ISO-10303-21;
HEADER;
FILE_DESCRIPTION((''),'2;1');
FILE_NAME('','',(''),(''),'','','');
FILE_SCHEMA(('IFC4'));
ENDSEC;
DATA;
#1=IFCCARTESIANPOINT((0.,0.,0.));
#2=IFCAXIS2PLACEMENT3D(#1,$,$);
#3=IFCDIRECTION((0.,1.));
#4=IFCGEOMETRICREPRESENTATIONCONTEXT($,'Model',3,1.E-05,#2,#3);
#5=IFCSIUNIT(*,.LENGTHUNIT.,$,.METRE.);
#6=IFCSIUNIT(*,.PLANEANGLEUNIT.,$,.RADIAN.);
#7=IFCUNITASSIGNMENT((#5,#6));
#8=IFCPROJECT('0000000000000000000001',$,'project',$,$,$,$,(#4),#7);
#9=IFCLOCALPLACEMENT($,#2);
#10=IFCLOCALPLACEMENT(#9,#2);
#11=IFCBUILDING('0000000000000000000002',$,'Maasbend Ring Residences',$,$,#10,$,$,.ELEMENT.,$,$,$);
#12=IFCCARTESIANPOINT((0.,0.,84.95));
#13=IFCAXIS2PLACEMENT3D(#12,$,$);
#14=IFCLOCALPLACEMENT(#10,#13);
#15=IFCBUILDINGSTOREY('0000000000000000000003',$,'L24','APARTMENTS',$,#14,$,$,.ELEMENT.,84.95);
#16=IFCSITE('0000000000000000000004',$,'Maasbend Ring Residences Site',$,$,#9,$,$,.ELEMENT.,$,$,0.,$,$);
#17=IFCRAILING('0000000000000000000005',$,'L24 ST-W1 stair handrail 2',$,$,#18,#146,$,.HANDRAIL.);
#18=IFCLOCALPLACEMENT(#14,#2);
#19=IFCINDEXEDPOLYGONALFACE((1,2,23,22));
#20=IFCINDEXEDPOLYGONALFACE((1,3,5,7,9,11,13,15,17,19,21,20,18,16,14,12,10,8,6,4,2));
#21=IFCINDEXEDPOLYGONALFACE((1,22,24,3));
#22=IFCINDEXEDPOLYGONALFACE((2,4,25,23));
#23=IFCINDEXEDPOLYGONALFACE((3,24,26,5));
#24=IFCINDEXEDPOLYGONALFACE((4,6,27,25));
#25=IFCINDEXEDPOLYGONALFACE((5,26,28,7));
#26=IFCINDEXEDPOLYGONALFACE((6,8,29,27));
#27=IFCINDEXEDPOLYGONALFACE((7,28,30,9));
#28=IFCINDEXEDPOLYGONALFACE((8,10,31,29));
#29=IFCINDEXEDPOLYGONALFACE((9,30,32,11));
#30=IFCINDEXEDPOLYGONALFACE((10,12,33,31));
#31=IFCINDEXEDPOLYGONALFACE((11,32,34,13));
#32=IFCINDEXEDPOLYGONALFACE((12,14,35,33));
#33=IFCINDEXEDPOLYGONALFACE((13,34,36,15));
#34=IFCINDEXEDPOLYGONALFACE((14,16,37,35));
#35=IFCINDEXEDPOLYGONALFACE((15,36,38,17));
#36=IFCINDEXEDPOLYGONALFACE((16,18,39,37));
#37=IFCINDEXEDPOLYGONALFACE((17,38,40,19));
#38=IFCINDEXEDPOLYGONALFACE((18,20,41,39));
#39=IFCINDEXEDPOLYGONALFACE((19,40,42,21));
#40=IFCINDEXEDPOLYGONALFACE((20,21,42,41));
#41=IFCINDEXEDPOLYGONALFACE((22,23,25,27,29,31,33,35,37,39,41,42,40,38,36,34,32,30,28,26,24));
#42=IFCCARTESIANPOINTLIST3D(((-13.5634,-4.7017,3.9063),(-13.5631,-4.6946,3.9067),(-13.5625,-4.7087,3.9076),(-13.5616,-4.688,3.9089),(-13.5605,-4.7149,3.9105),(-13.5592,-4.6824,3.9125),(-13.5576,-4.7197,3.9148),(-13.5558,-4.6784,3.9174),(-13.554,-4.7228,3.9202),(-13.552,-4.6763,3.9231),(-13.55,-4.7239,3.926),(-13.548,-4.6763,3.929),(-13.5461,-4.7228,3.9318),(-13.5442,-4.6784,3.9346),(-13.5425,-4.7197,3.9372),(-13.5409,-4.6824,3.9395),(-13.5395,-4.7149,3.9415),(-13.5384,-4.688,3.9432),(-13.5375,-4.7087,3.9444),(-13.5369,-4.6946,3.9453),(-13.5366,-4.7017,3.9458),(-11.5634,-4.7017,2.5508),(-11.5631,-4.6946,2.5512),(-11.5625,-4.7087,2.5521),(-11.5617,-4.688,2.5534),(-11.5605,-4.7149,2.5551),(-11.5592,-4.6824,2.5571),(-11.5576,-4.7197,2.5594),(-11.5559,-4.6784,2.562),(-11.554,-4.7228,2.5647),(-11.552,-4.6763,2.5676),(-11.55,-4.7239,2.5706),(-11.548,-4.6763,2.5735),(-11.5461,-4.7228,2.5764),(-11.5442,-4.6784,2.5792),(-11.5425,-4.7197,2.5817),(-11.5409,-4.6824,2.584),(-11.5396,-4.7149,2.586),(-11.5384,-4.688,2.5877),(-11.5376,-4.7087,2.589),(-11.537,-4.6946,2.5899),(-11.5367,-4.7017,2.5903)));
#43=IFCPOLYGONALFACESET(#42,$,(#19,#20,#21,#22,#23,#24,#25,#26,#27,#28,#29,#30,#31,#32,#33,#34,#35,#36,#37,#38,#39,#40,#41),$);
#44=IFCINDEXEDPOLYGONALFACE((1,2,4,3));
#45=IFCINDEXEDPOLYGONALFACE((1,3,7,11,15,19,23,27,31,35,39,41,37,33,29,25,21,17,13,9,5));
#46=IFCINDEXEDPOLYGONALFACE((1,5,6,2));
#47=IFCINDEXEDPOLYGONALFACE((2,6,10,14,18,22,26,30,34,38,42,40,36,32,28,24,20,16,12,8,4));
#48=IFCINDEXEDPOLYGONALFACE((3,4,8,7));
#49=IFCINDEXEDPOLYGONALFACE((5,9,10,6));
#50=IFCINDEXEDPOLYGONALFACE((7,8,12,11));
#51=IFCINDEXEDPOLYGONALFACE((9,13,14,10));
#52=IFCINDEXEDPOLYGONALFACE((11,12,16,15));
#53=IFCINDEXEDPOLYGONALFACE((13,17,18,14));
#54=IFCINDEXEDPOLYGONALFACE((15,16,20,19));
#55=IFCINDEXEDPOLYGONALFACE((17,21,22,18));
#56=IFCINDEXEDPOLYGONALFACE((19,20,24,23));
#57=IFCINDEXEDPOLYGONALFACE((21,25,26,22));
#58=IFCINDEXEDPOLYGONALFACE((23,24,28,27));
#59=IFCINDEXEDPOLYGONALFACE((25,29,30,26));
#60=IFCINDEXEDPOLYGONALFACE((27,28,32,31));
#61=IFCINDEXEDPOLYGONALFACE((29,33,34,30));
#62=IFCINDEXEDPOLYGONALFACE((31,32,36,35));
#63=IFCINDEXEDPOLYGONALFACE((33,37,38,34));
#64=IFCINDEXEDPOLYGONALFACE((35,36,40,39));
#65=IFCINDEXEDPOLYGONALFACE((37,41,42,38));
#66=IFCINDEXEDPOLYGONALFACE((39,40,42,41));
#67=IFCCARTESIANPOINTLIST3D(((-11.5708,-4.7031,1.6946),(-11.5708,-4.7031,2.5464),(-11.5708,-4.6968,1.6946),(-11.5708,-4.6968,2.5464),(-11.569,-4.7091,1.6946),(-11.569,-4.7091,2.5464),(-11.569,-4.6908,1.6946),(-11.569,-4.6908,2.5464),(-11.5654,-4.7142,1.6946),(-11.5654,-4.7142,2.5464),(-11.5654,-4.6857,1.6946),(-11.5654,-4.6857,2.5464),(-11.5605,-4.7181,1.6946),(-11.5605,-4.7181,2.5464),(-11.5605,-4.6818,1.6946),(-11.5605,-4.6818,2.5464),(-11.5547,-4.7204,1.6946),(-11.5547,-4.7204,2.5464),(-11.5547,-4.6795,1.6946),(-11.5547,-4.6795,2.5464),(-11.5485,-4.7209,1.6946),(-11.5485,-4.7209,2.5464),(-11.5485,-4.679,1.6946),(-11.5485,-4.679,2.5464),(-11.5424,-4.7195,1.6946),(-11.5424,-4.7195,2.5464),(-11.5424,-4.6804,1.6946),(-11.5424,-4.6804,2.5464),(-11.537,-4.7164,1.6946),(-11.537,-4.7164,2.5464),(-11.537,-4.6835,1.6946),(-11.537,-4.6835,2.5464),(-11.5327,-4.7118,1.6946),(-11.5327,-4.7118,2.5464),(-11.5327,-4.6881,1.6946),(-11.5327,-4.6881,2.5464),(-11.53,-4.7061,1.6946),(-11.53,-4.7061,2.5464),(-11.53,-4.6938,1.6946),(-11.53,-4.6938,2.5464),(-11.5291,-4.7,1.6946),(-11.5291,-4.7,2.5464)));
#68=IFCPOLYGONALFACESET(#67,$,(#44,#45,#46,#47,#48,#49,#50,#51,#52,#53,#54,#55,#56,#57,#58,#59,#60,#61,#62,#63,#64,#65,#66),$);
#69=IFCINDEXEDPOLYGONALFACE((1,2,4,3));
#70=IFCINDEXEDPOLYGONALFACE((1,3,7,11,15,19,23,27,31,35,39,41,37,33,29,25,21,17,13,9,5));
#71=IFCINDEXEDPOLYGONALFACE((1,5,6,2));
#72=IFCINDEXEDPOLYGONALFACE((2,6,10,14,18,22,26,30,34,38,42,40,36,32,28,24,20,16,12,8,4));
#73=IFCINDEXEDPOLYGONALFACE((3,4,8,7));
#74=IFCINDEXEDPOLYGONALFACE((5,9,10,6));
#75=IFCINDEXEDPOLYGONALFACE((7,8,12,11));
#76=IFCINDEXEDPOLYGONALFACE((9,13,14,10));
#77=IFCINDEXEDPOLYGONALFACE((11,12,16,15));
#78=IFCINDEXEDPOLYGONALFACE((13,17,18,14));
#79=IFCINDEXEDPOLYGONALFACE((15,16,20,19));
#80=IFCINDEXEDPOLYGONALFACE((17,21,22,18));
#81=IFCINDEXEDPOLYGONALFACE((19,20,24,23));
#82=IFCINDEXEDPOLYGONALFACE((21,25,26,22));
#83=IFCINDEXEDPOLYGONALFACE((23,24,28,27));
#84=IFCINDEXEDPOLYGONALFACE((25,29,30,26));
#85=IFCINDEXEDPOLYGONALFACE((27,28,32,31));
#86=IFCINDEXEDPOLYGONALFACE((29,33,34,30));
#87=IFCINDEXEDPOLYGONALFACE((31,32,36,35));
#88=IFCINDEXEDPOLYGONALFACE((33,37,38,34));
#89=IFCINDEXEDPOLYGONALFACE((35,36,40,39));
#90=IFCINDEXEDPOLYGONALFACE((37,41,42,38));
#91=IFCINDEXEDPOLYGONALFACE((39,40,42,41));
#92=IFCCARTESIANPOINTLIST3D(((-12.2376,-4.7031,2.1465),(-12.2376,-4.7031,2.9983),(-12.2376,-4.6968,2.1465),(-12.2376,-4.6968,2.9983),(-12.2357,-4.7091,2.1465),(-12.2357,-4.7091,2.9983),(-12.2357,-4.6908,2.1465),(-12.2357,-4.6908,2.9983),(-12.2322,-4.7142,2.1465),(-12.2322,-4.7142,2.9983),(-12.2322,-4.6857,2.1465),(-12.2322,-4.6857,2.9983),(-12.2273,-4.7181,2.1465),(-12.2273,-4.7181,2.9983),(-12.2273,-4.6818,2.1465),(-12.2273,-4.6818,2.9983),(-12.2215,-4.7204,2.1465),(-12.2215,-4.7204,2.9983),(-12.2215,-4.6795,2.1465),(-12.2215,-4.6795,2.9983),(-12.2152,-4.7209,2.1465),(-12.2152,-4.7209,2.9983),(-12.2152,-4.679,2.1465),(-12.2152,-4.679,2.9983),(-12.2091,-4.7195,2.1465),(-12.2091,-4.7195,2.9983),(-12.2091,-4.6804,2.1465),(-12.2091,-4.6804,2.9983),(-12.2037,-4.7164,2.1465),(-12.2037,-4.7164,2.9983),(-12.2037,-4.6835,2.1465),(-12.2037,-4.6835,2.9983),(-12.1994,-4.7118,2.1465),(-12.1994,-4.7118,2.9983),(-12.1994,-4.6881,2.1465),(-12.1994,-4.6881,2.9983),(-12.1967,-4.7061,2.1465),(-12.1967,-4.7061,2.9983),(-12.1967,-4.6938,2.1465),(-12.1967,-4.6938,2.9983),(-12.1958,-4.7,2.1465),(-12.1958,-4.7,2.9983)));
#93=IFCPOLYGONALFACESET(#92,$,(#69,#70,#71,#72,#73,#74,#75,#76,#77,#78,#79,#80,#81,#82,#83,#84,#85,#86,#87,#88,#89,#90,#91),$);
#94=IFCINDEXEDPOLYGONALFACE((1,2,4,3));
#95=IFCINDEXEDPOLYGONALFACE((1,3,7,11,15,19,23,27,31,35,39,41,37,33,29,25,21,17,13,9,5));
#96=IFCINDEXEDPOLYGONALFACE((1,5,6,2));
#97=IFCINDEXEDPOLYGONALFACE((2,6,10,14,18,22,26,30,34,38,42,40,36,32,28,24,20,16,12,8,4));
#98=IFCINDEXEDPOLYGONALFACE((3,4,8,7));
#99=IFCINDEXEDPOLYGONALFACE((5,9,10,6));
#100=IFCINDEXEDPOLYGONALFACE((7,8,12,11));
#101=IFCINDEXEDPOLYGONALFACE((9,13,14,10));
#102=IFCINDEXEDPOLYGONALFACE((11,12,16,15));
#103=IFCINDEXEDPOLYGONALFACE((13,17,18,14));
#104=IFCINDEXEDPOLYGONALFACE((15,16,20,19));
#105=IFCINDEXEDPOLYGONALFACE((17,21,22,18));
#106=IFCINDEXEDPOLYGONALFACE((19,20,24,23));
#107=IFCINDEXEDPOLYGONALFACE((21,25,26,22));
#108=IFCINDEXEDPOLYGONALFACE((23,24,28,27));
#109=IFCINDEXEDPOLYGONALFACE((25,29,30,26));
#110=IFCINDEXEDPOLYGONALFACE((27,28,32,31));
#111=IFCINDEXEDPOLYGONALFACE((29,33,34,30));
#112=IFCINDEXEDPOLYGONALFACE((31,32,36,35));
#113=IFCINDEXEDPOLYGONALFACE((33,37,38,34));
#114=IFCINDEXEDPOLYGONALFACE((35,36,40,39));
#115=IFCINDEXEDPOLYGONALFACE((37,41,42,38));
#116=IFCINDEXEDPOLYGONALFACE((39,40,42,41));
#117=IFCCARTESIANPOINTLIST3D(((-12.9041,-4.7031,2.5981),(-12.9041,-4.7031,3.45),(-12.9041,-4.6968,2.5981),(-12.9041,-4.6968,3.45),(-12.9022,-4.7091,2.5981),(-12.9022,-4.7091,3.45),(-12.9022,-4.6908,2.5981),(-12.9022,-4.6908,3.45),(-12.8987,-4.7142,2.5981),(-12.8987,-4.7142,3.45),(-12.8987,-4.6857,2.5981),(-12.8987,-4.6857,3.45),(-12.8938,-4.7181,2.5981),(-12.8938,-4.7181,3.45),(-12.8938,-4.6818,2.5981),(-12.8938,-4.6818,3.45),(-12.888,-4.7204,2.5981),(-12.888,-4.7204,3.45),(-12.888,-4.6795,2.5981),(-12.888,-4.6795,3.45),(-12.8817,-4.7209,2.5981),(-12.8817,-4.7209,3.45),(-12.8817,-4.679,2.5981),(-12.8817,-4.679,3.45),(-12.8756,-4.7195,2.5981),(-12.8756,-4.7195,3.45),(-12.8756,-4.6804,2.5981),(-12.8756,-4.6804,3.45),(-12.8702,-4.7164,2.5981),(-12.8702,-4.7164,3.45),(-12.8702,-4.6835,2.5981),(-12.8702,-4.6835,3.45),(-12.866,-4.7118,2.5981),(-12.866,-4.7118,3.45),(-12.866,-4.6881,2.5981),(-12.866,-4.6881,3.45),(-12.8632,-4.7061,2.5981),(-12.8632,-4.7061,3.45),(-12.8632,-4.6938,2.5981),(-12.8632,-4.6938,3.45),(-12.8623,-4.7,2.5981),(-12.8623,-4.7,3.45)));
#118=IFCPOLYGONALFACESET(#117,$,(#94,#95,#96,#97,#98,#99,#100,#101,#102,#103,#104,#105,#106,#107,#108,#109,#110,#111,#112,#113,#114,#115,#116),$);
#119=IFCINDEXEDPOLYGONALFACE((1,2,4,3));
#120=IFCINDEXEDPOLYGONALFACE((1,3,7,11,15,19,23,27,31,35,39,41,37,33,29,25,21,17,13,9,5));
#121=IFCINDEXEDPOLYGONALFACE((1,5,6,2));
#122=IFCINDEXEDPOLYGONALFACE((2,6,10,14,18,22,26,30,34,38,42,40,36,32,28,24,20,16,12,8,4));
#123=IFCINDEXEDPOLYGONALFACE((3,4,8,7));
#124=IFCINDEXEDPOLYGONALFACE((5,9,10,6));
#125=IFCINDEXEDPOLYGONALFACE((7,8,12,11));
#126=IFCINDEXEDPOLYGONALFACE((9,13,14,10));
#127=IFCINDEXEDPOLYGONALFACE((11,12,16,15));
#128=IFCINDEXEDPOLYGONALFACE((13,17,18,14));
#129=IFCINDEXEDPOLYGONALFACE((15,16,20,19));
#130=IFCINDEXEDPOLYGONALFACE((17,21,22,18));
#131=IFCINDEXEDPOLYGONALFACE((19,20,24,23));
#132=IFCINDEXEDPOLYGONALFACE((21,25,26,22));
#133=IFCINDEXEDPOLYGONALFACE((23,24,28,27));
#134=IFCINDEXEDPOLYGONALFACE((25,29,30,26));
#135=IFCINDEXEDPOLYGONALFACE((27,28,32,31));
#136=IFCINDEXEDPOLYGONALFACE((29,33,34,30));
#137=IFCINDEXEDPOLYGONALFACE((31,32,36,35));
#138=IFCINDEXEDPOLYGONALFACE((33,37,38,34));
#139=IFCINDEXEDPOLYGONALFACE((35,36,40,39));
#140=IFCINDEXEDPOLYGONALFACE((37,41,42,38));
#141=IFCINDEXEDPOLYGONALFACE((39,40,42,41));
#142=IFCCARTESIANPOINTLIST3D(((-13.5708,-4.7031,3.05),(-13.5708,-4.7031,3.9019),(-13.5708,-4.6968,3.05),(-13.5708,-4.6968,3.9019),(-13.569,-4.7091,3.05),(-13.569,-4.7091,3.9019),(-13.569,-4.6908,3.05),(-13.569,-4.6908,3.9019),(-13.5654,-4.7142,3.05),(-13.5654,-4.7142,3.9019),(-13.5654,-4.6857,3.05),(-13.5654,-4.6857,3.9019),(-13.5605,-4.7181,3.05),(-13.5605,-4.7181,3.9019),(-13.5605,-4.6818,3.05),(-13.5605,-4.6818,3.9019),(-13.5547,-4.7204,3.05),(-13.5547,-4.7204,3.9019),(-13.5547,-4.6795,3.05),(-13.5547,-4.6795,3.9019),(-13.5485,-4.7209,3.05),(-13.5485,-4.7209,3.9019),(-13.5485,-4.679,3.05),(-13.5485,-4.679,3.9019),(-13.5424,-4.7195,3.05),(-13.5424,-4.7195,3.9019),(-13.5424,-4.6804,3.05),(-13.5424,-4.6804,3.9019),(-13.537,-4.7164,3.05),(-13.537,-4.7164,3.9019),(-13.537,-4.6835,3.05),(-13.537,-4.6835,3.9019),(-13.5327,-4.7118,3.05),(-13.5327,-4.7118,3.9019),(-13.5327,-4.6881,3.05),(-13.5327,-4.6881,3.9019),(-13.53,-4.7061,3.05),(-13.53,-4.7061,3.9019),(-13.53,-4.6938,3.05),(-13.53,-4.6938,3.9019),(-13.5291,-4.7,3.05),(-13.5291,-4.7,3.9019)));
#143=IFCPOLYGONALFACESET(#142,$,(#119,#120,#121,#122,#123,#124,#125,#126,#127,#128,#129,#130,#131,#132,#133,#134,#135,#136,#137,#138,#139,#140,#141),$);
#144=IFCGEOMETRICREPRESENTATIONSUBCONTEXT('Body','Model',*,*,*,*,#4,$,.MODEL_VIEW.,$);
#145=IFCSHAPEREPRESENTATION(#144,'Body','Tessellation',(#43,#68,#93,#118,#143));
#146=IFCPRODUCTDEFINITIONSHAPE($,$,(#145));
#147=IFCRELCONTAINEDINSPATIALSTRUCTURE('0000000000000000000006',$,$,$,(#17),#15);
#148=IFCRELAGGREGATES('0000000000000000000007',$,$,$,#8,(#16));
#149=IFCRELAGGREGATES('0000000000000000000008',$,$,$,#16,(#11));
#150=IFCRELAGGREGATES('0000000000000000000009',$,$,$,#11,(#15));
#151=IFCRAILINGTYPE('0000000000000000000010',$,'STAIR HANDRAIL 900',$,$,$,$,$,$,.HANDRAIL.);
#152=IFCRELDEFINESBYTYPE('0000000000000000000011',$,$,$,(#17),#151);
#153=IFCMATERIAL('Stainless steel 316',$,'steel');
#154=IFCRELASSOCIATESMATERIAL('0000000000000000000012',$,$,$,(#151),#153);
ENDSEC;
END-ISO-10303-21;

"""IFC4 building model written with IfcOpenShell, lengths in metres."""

from ifc_helpers import new_model, si_unit, direction, frame, origin, origin_2d, place, context, subcontext, project, spatial, circle, extrude, material, type_object, element, save


model = new_model("IFC4")

# Units and contexts
model_context = context("Model", 3, precision=1e-05, world=origin(), true_north=direction((0.0, 1.0)))
body_context = subcontext(model_context, "Body", "Model", "MODEL_VIEW")
ifc_project = project(units=[si_unit("LENGTHUNIT", "METRE"), si_unit("PLANEANGLEUNIT", "RADIAN")], contexts=[model_context])

# Site, building, storey
site_placement = place(None, origin())
site = spatial("IfcSite", under=ifc_project, at=site_placement, Name="Maasbend Ring Residences Site", CompositionType="ELEMENT", RefElevation=0.0)
building_placement = place(site_placement, origin())
building = spatial("IfcBuilding", under=site, at=building_placement, Name="Maasbend Ring Residences", CompositionType="ELEMENT")
storey_placement = place(building_placement, frame((0.0, 0.0, 84.95)))
storey = spatial("IfcBuildingStorey", under=building, at=storey_placement, Name="L24", Description="APARTMENTS", CompositionType="ELEMENT", Elevation=84.95)

# Railing
ifc_material_1 = material(Name="Stainless steel 316", Category="steel")
railing_type_1 = type_object("IfcRailingType", Name="STAIR HANDRAIL 900", PredefinedType="HANDRAIL", material=ifc_material_1)
railing_1_placement = place(storey_placement, frame((-11.55, -4.7, 1.6946)))
element("IfcRailing", 1, at=railing_1_placement, inside=storey, type_object=railing_type_1, Name="L24 ST-W1 stair handrail 2", PredefinedType="HANDRAIL", context=body_context, shape_type="SweptSolid", body=[
    extrude(circle(Radius=0.0239, at=origin_2d()), frame((0.0, 0.0, 0.876), z_axis=(-0.827798, 0.0, 0.561027), x_axis=(0.0, -1.0, 0.0)), (0.0, 0.0, 1.0), 2.416),
    extrude(circle(Radius=0.021, at=origin_2d()), origin(), (0.0, 0.0, 1.0), 0.8518),
    extrude(circle(Radius=0.021, at=origin_2d()), frame((-0.6667, 0.0, 0.4519)), (0.0, 0.0, 1.0), 0.8518),
    extrude(circle(Radius=0.021, at=origin_2d()), frame((-1.3333, 0.0, 0.9036)), (0.0, 0.0, 1.0), 0.8518),
    extrude(circle(Radius=0.021, at=origin_2d()), frame((-2.0, 0.0, 1.3555)), (0.0, 0.0, 1.0), 0.8518),
])

save(model, "model.ifc")
